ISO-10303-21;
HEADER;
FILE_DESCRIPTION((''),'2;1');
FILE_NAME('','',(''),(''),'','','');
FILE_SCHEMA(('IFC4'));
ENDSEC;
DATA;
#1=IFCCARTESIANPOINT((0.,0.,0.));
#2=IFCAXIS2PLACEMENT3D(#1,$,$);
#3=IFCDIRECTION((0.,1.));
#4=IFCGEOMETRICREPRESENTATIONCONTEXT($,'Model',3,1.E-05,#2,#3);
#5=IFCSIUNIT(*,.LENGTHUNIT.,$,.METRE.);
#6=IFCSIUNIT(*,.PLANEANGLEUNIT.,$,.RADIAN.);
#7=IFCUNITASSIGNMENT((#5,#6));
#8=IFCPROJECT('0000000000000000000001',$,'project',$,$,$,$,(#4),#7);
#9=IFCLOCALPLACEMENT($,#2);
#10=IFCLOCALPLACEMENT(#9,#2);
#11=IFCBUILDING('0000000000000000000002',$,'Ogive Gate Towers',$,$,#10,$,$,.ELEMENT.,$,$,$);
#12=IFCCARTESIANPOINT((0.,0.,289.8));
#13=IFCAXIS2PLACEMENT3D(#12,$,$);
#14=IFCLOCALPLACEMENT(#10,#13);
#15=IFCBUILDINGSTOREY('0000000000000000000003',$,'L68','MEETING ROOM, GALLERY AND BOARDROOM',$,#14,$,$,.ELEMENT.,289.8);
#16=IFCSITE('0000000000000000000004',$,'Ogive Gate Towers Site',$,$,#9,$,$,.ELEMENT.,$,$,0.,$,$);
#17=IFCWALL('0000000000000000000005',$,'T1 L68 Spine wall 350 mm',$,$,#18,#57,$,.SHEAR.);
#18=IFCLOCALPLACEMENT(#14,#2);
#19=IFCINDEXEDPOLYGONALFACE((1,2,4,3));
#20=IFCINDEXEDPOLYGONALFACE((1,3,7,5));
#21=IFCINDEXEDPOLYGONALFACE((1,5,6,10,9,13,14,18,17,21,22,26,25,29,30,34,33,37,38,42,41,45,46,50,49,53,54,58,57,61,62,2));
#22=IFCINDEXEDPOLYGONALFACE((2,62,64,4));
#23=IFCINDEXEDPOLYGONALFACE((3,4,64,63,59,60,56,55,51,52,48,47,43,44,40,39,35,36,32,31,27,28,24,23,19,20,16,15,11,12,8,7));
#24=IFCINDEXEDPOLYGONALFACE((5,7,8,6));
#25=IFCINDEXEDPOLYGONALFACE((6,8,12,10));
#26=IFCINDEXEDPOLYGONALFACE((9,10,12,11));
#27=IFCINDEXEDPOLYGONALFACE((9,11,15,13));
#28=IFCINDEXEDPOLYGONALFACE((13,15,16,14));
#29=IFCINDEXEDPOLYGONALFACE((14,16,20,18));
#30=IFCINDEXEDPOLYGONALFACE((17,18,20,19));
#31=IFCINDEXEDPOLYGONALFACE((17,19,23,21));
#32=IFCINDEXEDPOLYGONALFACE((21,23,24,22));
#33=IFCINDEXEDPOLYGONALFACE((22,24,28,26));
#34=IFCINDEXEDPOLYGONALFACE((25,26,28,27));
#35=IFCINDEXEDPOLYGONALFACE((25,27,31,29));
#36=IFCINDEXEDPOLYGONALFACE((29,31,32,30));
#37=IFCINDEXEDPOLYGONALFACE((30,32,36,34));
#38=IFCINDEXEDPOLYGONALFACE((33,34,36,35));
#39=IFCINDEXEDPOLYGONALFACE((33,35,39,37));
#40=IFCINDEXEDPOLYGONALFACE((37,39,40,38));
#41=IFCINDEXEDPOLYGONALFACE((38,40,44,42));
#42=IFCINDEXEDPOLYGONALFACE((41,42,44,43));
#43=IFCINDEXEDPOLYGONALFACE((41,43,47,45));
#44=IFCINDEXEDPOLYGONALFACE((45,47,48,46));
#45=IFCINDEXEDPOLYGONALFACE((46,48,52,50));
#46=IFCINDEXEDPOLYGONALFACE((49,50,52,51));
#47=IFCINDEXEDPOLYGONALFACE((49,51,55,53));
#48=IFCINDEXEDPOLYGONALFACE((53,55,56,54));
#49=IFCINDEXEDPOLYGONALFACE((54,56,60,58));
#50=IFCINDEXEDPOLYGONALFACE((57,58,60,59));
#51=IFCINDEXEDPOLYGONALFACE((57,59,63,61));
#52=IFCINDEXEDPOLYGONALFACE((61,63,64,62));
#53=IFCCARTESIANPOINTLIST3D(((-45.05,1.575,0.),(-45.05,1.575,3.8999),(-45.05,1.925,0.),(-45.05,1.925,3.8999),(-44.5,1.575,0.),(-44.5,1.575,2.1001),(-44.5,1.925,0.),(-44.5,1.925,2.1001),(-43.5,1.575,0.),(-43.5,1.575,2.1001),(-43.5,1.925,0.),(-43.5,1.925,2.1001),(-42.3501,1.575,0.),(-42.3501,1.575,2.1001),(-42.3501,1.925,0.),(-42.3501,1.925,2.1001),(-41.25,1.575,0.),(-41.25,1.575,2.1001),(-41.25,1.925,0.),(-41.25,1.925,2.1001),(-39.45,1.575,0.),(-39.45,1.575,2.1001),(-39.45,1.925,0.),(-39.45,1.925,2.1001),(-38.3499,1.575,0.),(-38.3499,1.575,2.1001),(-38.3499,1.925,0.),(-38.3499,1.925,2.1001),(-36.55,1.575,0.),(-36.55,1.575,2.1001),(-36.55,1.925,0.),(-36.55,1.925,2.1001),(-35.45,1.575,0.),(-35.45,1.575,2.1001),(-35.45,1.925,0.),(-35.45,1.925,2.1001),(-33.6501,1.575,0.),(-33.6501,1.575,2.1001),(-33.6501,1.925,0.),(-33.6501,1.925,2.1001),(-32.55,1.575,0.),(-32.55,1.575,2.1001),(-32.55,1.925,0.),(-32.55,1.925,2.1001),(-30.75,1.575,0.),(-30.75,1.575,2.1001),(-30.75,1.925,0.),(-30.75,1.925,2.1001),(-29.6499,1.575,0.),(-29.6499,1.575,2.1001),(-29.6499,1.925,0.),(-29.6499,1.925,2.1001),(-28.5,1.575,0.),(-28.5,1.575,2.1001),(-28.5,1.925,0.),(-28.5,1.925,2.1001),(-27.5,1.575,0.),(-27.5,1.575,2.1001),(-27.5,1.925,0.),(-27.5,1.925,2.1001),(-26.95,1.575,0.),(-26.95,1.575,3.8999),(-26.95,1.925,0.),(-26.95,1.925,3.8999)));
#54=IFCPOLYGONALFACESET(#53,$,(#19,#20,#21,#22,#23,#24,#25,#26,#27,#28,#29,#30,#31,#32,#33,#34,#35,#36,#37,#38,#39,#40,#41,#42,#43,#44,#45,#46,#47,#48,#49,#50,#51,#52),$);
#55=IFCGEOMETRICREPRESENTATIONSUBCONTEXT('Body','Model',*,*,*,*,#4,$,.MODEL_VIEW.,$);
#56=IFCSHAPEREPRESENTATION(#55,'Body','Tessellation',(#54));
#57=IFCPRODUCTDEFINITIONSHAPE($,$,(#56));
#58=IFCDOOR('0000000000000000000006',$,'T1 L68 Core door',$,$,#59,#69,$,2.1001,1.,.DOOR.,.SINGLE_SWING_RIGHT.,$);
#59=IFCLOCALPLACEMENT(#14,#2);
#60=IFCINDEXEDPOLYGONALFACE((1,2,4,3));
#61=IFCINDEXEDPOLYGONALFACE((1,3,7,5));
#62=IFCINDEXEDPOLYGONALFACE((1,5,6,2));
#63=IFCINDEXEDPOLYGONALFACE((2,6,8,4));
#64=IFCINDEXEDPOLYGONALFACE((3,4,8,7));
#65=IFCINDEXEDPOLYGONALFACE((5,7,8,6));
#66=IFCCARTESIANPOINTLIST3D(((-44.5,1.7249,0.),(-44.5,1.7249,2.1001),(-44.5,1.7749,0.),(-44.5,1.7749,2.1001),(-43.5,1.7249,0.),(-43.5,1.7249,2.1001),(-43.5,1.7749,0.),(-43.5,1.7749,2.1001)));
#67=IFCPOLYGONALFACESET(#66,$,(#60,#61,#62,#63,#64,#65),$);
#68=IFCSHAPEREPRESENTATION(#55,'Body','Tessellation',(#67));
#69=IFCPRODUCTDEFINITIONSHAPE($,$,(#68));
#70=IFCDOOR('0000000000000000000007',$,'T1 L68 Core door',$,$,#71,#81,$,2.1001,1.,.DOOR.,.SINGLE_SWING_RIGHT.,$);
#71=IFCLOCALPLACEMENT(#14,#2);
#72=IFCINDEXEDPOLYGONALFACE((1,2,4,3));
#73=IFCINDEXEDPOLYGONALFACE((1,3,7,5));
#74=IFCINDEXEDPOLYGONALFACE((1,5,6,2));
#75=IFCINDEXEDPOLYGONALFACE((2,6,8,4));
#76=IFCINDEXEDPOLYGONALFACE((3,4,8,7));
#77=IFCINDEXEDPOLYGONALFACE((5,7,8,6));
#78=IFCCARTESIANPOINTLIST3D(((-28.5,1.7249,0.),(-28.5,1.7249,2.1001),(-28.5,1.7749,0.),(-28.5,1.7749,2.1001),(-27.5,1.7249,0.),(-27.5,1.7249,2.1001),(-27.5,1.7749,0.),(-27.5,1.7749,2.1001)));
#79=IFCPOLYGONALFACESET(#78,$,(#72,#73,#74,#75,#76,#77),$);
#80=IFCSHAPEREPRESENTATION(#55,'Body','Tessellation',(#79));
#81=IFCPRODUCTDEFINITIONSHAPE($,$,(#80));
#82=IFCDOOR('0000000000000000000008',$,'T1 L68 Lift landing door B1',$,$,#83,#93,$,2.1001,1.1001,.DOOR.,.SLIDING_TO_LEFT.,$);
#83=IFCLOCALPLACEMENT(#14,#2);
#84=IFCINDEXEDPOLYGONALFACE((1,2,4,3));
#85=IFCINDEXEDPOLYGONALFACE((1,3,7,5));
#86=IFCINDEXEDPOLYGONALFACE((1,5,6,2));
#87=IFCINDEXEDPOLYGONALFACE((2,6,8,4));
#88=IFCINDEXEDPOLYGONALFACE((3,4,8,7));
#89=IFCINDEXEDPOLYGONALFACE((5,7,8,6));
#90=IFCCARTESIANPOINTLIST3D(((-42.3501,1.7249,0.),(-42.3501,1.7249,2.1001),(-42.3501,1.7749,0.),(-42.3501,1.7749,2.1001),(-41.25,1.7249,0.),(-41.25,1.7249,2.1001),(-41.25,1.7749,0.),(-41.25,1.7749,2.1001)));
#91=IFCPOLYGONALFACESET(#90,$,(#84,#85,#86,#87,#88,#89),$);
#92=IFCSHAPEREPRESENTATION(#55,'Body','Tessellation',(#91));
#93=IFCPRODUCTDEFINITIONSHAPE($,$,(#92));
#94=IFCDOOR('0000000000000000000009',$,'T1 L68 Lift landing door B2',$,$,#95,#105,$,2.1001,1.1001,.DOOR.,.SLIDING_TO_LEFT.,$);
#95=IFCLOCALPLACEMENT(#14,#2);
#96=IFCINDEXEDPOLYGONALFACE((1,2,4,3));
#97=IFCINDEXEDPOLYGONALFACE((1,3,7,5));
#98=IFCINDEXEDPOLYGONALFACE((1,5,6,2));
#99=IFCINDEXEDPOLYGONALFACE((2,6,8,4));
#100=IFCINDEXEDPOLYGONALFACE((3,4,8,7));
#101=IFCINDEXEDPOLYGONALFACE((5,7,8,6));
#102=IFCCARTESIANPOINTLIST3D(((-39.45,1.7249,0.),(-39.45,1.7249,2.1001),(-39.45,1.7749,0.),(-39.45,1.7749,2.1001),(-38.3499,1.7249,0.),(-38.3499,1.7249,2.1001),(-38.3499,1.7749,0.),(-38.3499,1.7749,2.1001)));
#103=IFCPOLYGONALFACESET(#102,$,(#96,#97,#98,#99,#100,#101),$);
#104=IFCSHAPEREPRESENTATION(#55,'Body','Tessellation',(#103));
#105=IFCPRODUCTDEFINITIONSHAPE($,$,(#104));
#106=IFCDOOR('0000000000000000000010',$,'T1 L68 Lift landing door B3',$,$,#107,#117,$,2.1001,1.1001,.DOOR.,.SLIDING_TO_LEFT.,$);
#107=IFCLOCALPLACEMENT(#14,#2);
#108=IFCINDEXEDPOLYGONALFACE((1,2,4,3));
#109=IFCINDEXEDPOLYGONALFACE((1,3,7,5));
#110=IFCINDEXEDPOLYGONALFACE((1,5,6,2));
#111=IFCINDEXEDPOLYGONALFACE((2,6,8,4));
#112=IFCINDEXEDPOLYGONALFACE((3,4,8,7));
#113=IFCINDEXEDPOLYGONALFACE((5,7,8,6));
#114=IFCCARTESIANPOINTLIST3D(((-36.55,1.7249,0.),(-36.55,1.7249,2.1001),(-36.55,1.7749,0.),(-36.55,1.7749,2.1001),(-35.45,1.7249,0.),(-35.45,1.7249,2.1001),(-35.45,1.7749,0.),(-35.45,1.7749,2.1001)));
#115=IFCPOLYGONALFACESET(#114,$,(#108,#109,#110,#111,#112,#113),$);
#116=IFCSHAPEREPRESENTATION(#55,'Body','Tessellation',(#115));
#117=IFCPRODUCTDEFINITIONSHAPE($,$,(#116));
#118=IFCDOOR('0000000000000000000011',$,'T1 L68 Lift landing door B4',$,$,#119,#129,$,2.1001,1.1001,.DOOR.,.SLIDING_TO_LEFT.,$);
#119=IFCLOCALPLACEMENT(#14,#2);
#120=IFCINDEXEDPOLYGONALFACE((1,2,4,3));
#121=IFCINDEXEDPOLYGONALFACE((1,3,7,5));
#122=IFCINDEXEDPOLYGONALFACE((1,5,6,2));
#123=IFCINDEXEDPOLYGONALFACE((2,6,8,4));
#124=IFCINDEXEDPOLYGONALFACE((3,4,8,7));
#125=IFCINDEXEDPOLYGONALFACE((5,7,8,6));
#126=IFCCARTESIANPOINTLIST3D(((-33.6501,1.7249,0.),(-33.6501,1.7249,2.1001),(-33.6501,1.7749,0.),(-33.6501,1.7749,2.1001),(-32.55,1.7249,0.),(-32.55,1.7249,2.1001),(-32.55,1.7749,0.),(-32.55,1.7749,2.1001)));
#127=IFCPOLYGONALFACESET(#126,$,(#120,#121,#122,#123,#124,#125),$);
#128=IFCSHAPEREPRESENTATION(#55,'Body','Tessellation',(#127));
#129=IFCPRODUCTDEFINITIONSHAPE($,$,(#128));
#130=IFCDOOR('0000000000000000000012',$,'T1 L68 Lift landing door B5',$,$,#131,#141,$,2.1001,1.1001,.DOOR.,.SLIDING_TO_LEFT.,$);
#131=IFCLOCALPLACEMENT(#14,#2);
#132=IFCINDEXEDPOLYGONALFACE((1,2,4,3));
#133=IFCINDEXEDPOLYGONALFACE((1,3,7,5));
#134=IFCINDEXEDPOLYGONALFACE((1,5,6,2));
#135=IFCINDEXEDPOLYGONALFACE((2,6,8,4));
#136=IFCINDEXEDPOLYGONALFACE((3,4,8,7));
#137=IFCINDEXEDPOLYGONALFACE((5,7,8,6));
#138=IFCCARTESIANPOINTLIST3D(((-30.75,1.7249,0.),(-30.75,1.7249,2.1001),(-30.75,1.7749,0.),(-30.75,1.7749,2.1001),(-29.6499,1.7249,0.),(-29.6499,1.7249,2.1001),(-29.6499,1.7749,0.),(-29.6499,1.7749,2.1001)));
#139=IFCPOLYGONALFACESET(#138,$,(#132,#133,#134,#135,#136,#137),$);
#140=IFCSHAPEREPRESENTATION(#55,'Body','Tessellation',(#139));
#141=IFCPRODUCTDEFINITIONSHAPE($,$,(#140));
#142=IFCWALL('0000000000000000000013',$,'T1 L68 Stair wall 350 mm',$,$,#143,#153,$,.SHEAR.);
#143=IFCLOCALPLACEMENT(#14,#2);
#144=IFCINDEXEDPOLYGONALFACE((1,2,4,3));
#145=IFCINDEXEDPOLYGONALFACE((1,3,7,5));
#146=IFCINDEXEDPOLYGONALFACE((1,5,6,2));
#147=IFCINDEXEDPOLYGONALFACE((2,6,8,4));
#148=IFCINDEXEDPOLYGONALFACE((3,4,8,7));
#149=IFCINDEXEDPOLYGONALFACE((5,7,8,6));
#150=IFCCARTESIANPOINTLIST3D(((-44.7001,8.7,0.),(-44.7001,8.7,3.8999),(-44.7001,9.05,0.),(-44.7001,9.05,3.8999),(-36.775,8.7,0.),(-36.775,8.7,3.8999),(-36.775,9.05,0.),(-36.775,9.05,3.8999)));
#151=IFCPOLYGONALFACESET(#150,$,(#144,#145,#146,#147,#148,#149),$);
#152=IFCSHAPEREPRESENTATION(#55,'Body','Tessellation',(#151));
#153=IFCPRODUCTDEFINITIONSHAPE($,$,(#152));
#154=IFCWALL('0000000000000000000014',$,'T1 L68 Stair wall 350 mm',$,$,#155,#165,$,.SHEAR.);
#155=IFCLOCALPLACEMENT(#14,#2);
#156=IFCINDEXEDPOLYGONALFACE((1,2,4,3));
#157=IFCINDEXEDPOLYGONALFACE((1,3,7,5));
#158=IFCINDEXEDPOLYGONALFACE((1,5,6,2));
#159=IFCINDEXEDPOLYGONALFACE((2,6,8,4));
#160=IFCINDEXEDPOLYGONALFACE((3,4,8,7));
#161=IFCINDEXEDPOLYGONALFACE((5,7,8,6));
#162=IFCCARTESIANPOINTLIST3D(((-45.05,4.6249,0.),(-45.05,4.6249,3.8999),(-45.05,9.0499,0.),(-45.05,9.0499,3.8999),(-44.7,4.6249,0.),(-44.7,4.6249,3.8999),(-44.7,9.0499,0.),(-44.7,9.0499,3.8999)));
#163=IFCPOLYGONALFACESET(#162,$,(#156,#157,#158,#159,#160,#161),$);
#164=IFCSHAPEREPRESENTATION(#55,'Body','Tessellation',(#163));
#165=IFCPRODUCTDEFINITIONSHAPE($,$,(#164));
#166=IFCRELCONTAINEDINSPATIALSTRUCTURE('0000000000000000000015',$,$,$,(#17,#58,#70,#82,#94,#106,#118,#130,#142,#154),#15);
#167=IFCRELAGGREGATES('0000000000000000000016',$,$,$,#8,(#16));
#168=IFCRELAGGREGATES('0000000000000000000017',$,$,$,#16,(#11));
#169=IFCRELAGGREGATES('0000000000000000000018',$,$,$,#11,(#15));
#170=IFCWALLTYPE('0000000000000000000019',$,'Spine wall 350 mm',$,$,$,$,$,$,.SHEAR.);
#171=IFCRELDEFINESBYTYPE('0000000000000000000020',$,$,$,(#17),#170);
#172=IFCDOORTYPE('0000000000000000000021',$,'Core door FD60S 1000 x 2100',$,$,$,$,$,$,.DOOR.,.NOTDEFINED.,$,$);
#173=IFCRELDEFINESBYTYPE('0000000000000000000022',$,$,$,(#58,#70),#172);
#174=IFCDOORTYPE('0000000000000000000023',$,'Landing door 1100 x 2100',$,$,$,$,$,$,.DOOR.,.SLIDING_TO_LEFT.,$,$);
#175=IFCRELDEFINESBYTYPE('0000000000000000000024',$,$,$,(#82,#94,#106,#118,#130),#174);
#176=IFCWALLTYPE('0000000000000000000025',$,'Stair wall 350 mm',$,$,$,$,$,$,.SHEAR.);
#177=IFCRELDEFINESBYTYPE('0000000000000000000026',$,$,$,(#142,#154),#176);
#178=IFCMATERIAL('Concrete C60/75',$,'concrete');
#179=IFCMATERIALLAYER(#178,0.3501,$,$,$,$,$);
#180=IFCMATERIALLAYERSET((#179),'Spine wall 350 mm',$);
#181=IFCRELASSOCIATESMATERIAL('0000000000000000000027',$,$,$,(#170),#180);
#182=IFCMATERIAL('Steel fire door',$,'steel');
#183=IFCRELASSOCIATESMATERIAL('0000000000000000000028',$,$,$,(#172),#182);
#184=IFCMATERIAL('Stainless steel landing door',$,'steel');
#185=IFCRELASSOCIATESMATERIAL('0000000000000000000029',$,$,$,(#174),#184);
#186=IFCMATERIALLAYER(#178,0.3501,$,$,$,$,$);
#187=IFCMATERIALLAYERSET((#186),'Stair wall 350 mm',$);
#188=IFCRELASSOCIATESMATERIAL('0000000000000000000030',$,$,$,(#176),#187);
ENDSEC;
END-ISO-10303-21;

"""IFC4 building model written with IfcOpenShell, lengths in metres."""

from ifc_helpers import new_model, si_unit, direction, frame, frame_2d, origin, place, context, subcontext, project, spatial, rectangle, extrude, material, layer, layer_set, type_object, element, fill, save


model = new_model("IFC4")

# Units and contexts
model_context = context("Model", 3, precision=1e-05, world=origin(), true_north=direction((0.0, 1.0)))
body_context = subcontext(model_context, "Body", "Model", "MODEL_VIEW")
ifc_project = project(units=[si_unit("LENGTHUNIT", "METRE"), si_unit("PLANEANGLEUNIT", "RADIAN")], contexts=[model_context])

# Site, building, storey
site_placement = place(None, origin())
site = spatial("IfcSite", under=ifc_project, at=site_placement, Name="Ogive Gate Towers Site", CompositionType="ELEMENT", RefElevation=0.0)
building_placement = place(site_placement, origin())
building = spatial("IfcBuilding", under=site, at=building_placement, Name="Ogive Gate Towers", CompositionType="ELEMENT")
storey_placement = place(building_placement, frame((0.0, 0.0, 289.8)))
storey = spatial("IfcBuildingStorey", under=building, at=storey_placement, Name="L68", Description="MEETING ROOM, GALLERY AND BOARDROOM", CompositionType="ELEMENT", Elevation=289.8)

# Shared definitions
ifc_material_1 = material(Name="Concrete C60/75", Category="concrete")
ifc_material_2 = material(Name="Steel fire door", Category="steel")

# Wall, openings, doors
ifc_layer_1 = layer(ifc_material_1, 0.3501)
ifc_layer_set_1 = layer_set([ifc_layer_1], Name="Spine wall 350 mm")
wall_type_1 = type_object("IfcWallType", Name="Spine wall 350 mm", PredefinedType="SHEAR", material=ifc_layer_set_1)
wall_1_placement = place(storey_placement, frame((-45.05, 1.75, 0.0), z_axis=(0.0, 0.0, 1.0), x_axis=(1.0, 0.0, 0.0)))
wall_1 = element("IfcWall", 1, at=wall_1_placement, inside=storey, type_object=wall_type_1, Name="T1 L68 Spine wall 350 mm", PredefinedType="SHEAR", context=body_context, shape_type="SweptSolid", body=[
    extrude(rectangle(XDim=18.1001, YDim=0.3501, at=frame_2d((9.05, 0.0))), origin(), (0.0, 0.0, 1.0), 3.8999),
])
opening_1_placement = place(wall_1_placement, frame((0.55, 0.0, 0.0)))
opening_1 = element("IfcOpeningElement", 2, at=opening_1_placement, cuts=wall_1, PredefinedType="OPENING", context=body_context, shape_type="SweptSolid", body=[
    extrude(rectangle(XDim=1.0, YDim=2.1001, at=frame_2d((0.5, 1.05))), frame((0.0, 0.1851, 0.0), z_axis=(0.0, -1.0, 0.0), x_axis=(1.0, 0.0, 0.0)), (0.0, 0.0, 1.0), 0.3701),
])
opening_2_placement = place(wall_1_placement, frame((2.7, 0.0, 0.0)))
opening_2 = element("IfcOpeningElement", 3, at=opening_2_placement, cuts=wall_1, PredefinedType="OPENING", context=body_context, shape_type="SweptSolid", body=[
    extrude(rectangle(XDim=1.1001, YDim=2.1001, at=frame_2d((0.55, 1.05))), frame((0.0, 0.1851, 0.0), z_axis=(0.0, -1.0, 0.0), x_axis=(1.0, 0.0, 0.0)), (0.0, 0.0, 1.0), 0.3701),
])
opening_3_placement = place(wall_1_placement, frame((5.6001, 0.0, 0.0)))
opening_3 = element("IfcOpeningElement", 4, at=opening_3_placement, cuts=wall_1, PredefinedType="OPENING", context=body_context, shape_type="SweptSolid", body=[
    extrude(rectangle(XDim=1.1001, YDim=2.1001, at=frame_2d((0.55, 1.05))), frame((0.0, 0.1851, 0.0), z_axis=(0.0, -1.0, 0.0), x_axis=(1.0, 0.0, 0.0)), (0.0, 0.0, 1.0), 0.3701),
])
opening_4_placement = place(wall_1_placement, frame((8.5, 0.0, 0.0)))
opening_4 = element("IfcOpeningElement", 5, at=opening_4_placement, cuts=wall_1, PredefinedType="OPENING", context=body_context, shape_type="SweptSolid", body=[
    extrude(rectangle(XDim=1.1001, YDim=2.1001, at=frame_2d((0.55, 1.05))), frame((0.0, 0.1851, 0.0), z_axis=(0.0, -1.0, 0.0), x_axis=(1.0, 0.0, 0.0)), (0.0, 0.0, 1.0), 0.3701),
])
opening_5_placement = place(wall_1_placement, frame((11.3999, 0.0, 0.0)))
opening_5 = element("IfcOpeningElement", 6, at=opening_5_placement, cuts=wall_1, PredefinedType="OPENING", context=body_context, shape_type="SweptSolid", body=[
    extrude(rectangle(XDim=1.1001, YDim=2.1001, at=frame_2d((0.55, 1.05))), frame((0.0, 0.1851, 0.0), z_axis=(0.0, -1.0, 0.0), x_axis=(1.0, 0.0, 0.0)), (0.0, 0.0, 1.0), 0.3701),
])
opening_6_placement = place(wall_1_placement, frame((14.3, 0.0, 0.0)))
opening_6 = element("IfcOpeningElement", 7, at=opening_6_placement, cuts=wall_1, PredefinedType="OPENING", context=body_context, shape_type="SweptSolid", body=[
    extrude(rectangle(XDim=1.1001, YDim=2.1001, at=frame_2d((0.55, 1.05))), frame((0.0, 0.1851, 0.0), z_axis=(0.0, -1.0, 0.0), x_axis=(1.0, 0.0, 0.0)), (0.0, 0.0, 1.0), 0.3701),
])
opening_7_placement = place(wall_1_placement, frame((16.55, 0.0, 0.0)))
opening_7 = element("IfcOpeningElement", 8, at=opening_7_placement, cuts=wall_1, PredefinedType="OPENING", context=body_context, shape_type="SweptSolid", body=[
    extrude(rectangle(XDim=1.0, YDim=2.1001, at=frame_2d((0.5, 1.05))), frame((0.0, 0.1851, 0.0), z_axis=(0.0, -1.0, 0.0), x_axis=(1.0, 0.0, 0.0)), (0.0, 0.0, 1.0), 0.3701),
])
door_type_1 = type_object("IfcDoorType", Name="Core door FD60S 1000 x 2100", OperationType="NOTDEFINED", PredefinedType="DOOR", material=ifc_material_2)
door_1_placement = place(opening_1_placement, origin())
door_1 = element("IfcDoor", 9, at=door_1_placement, inside=storey, type_object=door_type_1, Name="T1 L68 Core door", OperationType="SINGLE_SWING_RIGHT", OverallHeight=2.1001, OverallWidth=1.0, PredefinedType="DOOR", context=body_context, shape_type="SweptSolid", body=[
    extrude(rectangle(XDim=1.0, YDim=2.1001, at=frame_2d((0.5, 1.05))), frame((0.0, 0.0249, 0.0), z_axis=(0.0, -1.0, 0.0), x_axis=(1.0, 0.0, 0.0)), (0.0, 0.0, 1.0), 0.05),
])
fill(opening_1, door_1)
door_2_placement = place(opening_7_placement, origin())
door_2 = element("IfcDoor", 10, at=door_2_placement, inside=storey, type_object=door_type_1, Name="T1 L68 Core door", OperationType="SINGLE_SWING_RIGHT", OverallHeight=2.1001, OverallWidth=1.0, PredefinedType="DOOR", context=body_context, shape_type="SweptSolid", body=[
    extrude(rectangle(XDim=1.0, YDim=2.1001, at=frame_2d((0.5, 1.05))), frame((0.0, 0.0249, 0.0), z_axis=(0.0, -1.0, 0.0), x_axis=(1.0, 0.0, 0.0)), (0.0, 0.0, 1.0), 0.05),
])
fill(opening_7, door_2)
ifc_material_3 = material(Name="Stainless steel landing door", Category="steel")
door_type_2 = type_object("IfcDoorType", Name="Landing door 1100 x 2100", OperationType="SLIDING_TO_LEFT", PredefinedType="DOOR", material=ifc_material_3)
door_3_placement = place(opening_2_placement, origin())
door_3 = element("IfcDoor", 11, at=door_3_placement, inside=storey, type_object=door_type_2, Name="T1 L68 Lift landing door B1", OperationType="SLIDING_TO_LEFT", OverallHeight=2.1001, OverallWidth=1.1001, PredefinedType="DOOR", context=body_context, shape_type="SweptSolid", body=[
    extrude(rectangle(XDim=1.1001, YDim=2.1001, at=frame_2d((0.55, 1.05))), frame((0.0, 0.0249, 0.0), z_axis=(0.0, -1.0, 0.0), x_axis=(1.0, 0.0, 0.0)), (0.0, 0.0, 1.0), 0.05),
])
fill(opening_2, door_3)
door_4_placement = place(opening_3_placement, origin())
door_4 = element("IfcDoor", 12, at=door_4_placement, inside=storey, type_object=door_type_2, Name="T1 L68 Lift landing door B2", OperationType="SLIDING_TO_LEFT", OverallHeight=2.1001, OverallWidth=1.1001, PredefinedType="DOOR", context=body_context, shape_type="SweptSolid", body=[
    extrude(rectangle(XDim=1.1001, YDim=2.1001, at=frame_2d((0.55, 1.05))), frame((0.0, 0.0249, 0.0), z_axis=(0.0, -1.0, 0.0), x_axis=(1.0, 0.0, 0.0)), (0.0, 0.0, 1.0), 0.05),
])
fill(opening_3, door_4)
door_5_placement = place(opening_4_placement, origin())
door_5 = element("IfcDoor", 13, at=door_5_placement, inside=storey, type_object=door_type_2, Name="T1 L68 Lift landing door B3", OperationType="SLIDING_TO_LEFT", OverallHeight=2.1001, OverallWidth=1.1001, PredefinedType="DOOR", context=body_context, shape_type="SweptSolid", body=[
    extrude(rectangle(XDim=1.1001, YDim=2.1001, at=frame_2d((0.55, 1.05))), frame((0.0, 0.0249, 0.0), z_axis=(0.0, -1.0, 0.0), x_axis=(1.0, 0.0, 0.0)), (0.0, 0.0, 1.0), 0.05),
])
fill(opening_4, door_5)
door_6_placement = place(opening_5_placement, origin())
door_6 = element("IfcDoor", 14, at=door_6_placement, inside=storey, type_object=door_type_2, Name="T1 L68 Lift landing door B4", OperationType="SLIDING_TO_LEFT", OverallHeight=2.1001, OverallWidth=1.1001, PredefinedType="DOOR", context=body_context, shape_type="SweptSolid", body=[
    extrude(rectangle(XDim=1.1001, YDim=2.1001, at=frame_2d((0.55, 1.05))), frame((0.0, 0.0249, 0.0), z_axis=(0.0, -1.0, 0.0), x_axis=(1.0, 0.0, 0.0)), (0.0, 0.0, 1.0), 0.05),
])
fill(opening_5, door_6)
door_7_placement = place(opening_6_placement, origin())
door_7 = element("IfcDoor", 15, at=door_7_placement, inside=storey, type_object=door_type_2, Name="T1 L68 Lift landing door B5", OperationType="SLIDING_TO_LEFT", OverallHeight=2.1001, OverallWidth=1.1001, PredefinedType="DOOR", context=body_context, shape_type="SweptSolid", body=[
    extrude(rectangle(XDim=1.1001, YDim=2.1001, at=frame_2d((0.55, 1.05))), frame((0.0, 0.0249, 0.0), z_axis=(0.0, -1.0, 0.0), x_axis=(1.0, 0.0, 0.0)), (0.0, 0.0, 1.0), 0.05),
])
fill(opening_6, door_7)

# Walls
ifc_layer_2 = layer(ifc_material_1, 0.3501)
ifc_layer_set_2 = layer_set([ifc_layer_2], Name="Stair wall 350 mm")
wall_type_2 = type_object("IfcWallType", Name="Stair wall 350 mm", PredefinedType="SHEAR", material=ifc_layer_set_2)
wall_2_placement = place(storey_placement, frame((-44.7, 8.875, 0.0), z_axis=(0.0, 0.0, 1.0), x_axis=(1.0, 0.0, 0.0)))
element("IfcWall", 16, at=wall_2_placement, inside=storey, type_object=wall_type_2, Name="T1 L68 Stair wall 350 mm", PredefinedType="SHEAR", context=body_context, shape_type="SweptSolid", body=[
    extrude(rectangle(XDim=7.925, YDim=0.3501, at=frame_2d((3.9624, 0.0))), origin(), (0.0, 0.0, 1.0), 3.8999),
])
wall_3_placement = place(storey_placement, frame((-44.875, 4.625, 0.0), z_axis=(0.0, 0.0, 1.0), x_axis=(0.0, 1.0, 0.0)))
element("IfcWall", 17, at=wall_3_placement, inside=storey, type_object=wall_type_2, Name="T1 L68 Stair wall 350 mm", PredefinedType="SHEAR", context=body_context, shape_type="SweptSolid", body=[
    extrude(rectangle(XDim=4.425, YDim=0.3501, at=frame_2d((2.2124, 0.0))), origin(), (0.0, 0.0, 1.0), 3.8999),
])

save(model, "model.ifc")
